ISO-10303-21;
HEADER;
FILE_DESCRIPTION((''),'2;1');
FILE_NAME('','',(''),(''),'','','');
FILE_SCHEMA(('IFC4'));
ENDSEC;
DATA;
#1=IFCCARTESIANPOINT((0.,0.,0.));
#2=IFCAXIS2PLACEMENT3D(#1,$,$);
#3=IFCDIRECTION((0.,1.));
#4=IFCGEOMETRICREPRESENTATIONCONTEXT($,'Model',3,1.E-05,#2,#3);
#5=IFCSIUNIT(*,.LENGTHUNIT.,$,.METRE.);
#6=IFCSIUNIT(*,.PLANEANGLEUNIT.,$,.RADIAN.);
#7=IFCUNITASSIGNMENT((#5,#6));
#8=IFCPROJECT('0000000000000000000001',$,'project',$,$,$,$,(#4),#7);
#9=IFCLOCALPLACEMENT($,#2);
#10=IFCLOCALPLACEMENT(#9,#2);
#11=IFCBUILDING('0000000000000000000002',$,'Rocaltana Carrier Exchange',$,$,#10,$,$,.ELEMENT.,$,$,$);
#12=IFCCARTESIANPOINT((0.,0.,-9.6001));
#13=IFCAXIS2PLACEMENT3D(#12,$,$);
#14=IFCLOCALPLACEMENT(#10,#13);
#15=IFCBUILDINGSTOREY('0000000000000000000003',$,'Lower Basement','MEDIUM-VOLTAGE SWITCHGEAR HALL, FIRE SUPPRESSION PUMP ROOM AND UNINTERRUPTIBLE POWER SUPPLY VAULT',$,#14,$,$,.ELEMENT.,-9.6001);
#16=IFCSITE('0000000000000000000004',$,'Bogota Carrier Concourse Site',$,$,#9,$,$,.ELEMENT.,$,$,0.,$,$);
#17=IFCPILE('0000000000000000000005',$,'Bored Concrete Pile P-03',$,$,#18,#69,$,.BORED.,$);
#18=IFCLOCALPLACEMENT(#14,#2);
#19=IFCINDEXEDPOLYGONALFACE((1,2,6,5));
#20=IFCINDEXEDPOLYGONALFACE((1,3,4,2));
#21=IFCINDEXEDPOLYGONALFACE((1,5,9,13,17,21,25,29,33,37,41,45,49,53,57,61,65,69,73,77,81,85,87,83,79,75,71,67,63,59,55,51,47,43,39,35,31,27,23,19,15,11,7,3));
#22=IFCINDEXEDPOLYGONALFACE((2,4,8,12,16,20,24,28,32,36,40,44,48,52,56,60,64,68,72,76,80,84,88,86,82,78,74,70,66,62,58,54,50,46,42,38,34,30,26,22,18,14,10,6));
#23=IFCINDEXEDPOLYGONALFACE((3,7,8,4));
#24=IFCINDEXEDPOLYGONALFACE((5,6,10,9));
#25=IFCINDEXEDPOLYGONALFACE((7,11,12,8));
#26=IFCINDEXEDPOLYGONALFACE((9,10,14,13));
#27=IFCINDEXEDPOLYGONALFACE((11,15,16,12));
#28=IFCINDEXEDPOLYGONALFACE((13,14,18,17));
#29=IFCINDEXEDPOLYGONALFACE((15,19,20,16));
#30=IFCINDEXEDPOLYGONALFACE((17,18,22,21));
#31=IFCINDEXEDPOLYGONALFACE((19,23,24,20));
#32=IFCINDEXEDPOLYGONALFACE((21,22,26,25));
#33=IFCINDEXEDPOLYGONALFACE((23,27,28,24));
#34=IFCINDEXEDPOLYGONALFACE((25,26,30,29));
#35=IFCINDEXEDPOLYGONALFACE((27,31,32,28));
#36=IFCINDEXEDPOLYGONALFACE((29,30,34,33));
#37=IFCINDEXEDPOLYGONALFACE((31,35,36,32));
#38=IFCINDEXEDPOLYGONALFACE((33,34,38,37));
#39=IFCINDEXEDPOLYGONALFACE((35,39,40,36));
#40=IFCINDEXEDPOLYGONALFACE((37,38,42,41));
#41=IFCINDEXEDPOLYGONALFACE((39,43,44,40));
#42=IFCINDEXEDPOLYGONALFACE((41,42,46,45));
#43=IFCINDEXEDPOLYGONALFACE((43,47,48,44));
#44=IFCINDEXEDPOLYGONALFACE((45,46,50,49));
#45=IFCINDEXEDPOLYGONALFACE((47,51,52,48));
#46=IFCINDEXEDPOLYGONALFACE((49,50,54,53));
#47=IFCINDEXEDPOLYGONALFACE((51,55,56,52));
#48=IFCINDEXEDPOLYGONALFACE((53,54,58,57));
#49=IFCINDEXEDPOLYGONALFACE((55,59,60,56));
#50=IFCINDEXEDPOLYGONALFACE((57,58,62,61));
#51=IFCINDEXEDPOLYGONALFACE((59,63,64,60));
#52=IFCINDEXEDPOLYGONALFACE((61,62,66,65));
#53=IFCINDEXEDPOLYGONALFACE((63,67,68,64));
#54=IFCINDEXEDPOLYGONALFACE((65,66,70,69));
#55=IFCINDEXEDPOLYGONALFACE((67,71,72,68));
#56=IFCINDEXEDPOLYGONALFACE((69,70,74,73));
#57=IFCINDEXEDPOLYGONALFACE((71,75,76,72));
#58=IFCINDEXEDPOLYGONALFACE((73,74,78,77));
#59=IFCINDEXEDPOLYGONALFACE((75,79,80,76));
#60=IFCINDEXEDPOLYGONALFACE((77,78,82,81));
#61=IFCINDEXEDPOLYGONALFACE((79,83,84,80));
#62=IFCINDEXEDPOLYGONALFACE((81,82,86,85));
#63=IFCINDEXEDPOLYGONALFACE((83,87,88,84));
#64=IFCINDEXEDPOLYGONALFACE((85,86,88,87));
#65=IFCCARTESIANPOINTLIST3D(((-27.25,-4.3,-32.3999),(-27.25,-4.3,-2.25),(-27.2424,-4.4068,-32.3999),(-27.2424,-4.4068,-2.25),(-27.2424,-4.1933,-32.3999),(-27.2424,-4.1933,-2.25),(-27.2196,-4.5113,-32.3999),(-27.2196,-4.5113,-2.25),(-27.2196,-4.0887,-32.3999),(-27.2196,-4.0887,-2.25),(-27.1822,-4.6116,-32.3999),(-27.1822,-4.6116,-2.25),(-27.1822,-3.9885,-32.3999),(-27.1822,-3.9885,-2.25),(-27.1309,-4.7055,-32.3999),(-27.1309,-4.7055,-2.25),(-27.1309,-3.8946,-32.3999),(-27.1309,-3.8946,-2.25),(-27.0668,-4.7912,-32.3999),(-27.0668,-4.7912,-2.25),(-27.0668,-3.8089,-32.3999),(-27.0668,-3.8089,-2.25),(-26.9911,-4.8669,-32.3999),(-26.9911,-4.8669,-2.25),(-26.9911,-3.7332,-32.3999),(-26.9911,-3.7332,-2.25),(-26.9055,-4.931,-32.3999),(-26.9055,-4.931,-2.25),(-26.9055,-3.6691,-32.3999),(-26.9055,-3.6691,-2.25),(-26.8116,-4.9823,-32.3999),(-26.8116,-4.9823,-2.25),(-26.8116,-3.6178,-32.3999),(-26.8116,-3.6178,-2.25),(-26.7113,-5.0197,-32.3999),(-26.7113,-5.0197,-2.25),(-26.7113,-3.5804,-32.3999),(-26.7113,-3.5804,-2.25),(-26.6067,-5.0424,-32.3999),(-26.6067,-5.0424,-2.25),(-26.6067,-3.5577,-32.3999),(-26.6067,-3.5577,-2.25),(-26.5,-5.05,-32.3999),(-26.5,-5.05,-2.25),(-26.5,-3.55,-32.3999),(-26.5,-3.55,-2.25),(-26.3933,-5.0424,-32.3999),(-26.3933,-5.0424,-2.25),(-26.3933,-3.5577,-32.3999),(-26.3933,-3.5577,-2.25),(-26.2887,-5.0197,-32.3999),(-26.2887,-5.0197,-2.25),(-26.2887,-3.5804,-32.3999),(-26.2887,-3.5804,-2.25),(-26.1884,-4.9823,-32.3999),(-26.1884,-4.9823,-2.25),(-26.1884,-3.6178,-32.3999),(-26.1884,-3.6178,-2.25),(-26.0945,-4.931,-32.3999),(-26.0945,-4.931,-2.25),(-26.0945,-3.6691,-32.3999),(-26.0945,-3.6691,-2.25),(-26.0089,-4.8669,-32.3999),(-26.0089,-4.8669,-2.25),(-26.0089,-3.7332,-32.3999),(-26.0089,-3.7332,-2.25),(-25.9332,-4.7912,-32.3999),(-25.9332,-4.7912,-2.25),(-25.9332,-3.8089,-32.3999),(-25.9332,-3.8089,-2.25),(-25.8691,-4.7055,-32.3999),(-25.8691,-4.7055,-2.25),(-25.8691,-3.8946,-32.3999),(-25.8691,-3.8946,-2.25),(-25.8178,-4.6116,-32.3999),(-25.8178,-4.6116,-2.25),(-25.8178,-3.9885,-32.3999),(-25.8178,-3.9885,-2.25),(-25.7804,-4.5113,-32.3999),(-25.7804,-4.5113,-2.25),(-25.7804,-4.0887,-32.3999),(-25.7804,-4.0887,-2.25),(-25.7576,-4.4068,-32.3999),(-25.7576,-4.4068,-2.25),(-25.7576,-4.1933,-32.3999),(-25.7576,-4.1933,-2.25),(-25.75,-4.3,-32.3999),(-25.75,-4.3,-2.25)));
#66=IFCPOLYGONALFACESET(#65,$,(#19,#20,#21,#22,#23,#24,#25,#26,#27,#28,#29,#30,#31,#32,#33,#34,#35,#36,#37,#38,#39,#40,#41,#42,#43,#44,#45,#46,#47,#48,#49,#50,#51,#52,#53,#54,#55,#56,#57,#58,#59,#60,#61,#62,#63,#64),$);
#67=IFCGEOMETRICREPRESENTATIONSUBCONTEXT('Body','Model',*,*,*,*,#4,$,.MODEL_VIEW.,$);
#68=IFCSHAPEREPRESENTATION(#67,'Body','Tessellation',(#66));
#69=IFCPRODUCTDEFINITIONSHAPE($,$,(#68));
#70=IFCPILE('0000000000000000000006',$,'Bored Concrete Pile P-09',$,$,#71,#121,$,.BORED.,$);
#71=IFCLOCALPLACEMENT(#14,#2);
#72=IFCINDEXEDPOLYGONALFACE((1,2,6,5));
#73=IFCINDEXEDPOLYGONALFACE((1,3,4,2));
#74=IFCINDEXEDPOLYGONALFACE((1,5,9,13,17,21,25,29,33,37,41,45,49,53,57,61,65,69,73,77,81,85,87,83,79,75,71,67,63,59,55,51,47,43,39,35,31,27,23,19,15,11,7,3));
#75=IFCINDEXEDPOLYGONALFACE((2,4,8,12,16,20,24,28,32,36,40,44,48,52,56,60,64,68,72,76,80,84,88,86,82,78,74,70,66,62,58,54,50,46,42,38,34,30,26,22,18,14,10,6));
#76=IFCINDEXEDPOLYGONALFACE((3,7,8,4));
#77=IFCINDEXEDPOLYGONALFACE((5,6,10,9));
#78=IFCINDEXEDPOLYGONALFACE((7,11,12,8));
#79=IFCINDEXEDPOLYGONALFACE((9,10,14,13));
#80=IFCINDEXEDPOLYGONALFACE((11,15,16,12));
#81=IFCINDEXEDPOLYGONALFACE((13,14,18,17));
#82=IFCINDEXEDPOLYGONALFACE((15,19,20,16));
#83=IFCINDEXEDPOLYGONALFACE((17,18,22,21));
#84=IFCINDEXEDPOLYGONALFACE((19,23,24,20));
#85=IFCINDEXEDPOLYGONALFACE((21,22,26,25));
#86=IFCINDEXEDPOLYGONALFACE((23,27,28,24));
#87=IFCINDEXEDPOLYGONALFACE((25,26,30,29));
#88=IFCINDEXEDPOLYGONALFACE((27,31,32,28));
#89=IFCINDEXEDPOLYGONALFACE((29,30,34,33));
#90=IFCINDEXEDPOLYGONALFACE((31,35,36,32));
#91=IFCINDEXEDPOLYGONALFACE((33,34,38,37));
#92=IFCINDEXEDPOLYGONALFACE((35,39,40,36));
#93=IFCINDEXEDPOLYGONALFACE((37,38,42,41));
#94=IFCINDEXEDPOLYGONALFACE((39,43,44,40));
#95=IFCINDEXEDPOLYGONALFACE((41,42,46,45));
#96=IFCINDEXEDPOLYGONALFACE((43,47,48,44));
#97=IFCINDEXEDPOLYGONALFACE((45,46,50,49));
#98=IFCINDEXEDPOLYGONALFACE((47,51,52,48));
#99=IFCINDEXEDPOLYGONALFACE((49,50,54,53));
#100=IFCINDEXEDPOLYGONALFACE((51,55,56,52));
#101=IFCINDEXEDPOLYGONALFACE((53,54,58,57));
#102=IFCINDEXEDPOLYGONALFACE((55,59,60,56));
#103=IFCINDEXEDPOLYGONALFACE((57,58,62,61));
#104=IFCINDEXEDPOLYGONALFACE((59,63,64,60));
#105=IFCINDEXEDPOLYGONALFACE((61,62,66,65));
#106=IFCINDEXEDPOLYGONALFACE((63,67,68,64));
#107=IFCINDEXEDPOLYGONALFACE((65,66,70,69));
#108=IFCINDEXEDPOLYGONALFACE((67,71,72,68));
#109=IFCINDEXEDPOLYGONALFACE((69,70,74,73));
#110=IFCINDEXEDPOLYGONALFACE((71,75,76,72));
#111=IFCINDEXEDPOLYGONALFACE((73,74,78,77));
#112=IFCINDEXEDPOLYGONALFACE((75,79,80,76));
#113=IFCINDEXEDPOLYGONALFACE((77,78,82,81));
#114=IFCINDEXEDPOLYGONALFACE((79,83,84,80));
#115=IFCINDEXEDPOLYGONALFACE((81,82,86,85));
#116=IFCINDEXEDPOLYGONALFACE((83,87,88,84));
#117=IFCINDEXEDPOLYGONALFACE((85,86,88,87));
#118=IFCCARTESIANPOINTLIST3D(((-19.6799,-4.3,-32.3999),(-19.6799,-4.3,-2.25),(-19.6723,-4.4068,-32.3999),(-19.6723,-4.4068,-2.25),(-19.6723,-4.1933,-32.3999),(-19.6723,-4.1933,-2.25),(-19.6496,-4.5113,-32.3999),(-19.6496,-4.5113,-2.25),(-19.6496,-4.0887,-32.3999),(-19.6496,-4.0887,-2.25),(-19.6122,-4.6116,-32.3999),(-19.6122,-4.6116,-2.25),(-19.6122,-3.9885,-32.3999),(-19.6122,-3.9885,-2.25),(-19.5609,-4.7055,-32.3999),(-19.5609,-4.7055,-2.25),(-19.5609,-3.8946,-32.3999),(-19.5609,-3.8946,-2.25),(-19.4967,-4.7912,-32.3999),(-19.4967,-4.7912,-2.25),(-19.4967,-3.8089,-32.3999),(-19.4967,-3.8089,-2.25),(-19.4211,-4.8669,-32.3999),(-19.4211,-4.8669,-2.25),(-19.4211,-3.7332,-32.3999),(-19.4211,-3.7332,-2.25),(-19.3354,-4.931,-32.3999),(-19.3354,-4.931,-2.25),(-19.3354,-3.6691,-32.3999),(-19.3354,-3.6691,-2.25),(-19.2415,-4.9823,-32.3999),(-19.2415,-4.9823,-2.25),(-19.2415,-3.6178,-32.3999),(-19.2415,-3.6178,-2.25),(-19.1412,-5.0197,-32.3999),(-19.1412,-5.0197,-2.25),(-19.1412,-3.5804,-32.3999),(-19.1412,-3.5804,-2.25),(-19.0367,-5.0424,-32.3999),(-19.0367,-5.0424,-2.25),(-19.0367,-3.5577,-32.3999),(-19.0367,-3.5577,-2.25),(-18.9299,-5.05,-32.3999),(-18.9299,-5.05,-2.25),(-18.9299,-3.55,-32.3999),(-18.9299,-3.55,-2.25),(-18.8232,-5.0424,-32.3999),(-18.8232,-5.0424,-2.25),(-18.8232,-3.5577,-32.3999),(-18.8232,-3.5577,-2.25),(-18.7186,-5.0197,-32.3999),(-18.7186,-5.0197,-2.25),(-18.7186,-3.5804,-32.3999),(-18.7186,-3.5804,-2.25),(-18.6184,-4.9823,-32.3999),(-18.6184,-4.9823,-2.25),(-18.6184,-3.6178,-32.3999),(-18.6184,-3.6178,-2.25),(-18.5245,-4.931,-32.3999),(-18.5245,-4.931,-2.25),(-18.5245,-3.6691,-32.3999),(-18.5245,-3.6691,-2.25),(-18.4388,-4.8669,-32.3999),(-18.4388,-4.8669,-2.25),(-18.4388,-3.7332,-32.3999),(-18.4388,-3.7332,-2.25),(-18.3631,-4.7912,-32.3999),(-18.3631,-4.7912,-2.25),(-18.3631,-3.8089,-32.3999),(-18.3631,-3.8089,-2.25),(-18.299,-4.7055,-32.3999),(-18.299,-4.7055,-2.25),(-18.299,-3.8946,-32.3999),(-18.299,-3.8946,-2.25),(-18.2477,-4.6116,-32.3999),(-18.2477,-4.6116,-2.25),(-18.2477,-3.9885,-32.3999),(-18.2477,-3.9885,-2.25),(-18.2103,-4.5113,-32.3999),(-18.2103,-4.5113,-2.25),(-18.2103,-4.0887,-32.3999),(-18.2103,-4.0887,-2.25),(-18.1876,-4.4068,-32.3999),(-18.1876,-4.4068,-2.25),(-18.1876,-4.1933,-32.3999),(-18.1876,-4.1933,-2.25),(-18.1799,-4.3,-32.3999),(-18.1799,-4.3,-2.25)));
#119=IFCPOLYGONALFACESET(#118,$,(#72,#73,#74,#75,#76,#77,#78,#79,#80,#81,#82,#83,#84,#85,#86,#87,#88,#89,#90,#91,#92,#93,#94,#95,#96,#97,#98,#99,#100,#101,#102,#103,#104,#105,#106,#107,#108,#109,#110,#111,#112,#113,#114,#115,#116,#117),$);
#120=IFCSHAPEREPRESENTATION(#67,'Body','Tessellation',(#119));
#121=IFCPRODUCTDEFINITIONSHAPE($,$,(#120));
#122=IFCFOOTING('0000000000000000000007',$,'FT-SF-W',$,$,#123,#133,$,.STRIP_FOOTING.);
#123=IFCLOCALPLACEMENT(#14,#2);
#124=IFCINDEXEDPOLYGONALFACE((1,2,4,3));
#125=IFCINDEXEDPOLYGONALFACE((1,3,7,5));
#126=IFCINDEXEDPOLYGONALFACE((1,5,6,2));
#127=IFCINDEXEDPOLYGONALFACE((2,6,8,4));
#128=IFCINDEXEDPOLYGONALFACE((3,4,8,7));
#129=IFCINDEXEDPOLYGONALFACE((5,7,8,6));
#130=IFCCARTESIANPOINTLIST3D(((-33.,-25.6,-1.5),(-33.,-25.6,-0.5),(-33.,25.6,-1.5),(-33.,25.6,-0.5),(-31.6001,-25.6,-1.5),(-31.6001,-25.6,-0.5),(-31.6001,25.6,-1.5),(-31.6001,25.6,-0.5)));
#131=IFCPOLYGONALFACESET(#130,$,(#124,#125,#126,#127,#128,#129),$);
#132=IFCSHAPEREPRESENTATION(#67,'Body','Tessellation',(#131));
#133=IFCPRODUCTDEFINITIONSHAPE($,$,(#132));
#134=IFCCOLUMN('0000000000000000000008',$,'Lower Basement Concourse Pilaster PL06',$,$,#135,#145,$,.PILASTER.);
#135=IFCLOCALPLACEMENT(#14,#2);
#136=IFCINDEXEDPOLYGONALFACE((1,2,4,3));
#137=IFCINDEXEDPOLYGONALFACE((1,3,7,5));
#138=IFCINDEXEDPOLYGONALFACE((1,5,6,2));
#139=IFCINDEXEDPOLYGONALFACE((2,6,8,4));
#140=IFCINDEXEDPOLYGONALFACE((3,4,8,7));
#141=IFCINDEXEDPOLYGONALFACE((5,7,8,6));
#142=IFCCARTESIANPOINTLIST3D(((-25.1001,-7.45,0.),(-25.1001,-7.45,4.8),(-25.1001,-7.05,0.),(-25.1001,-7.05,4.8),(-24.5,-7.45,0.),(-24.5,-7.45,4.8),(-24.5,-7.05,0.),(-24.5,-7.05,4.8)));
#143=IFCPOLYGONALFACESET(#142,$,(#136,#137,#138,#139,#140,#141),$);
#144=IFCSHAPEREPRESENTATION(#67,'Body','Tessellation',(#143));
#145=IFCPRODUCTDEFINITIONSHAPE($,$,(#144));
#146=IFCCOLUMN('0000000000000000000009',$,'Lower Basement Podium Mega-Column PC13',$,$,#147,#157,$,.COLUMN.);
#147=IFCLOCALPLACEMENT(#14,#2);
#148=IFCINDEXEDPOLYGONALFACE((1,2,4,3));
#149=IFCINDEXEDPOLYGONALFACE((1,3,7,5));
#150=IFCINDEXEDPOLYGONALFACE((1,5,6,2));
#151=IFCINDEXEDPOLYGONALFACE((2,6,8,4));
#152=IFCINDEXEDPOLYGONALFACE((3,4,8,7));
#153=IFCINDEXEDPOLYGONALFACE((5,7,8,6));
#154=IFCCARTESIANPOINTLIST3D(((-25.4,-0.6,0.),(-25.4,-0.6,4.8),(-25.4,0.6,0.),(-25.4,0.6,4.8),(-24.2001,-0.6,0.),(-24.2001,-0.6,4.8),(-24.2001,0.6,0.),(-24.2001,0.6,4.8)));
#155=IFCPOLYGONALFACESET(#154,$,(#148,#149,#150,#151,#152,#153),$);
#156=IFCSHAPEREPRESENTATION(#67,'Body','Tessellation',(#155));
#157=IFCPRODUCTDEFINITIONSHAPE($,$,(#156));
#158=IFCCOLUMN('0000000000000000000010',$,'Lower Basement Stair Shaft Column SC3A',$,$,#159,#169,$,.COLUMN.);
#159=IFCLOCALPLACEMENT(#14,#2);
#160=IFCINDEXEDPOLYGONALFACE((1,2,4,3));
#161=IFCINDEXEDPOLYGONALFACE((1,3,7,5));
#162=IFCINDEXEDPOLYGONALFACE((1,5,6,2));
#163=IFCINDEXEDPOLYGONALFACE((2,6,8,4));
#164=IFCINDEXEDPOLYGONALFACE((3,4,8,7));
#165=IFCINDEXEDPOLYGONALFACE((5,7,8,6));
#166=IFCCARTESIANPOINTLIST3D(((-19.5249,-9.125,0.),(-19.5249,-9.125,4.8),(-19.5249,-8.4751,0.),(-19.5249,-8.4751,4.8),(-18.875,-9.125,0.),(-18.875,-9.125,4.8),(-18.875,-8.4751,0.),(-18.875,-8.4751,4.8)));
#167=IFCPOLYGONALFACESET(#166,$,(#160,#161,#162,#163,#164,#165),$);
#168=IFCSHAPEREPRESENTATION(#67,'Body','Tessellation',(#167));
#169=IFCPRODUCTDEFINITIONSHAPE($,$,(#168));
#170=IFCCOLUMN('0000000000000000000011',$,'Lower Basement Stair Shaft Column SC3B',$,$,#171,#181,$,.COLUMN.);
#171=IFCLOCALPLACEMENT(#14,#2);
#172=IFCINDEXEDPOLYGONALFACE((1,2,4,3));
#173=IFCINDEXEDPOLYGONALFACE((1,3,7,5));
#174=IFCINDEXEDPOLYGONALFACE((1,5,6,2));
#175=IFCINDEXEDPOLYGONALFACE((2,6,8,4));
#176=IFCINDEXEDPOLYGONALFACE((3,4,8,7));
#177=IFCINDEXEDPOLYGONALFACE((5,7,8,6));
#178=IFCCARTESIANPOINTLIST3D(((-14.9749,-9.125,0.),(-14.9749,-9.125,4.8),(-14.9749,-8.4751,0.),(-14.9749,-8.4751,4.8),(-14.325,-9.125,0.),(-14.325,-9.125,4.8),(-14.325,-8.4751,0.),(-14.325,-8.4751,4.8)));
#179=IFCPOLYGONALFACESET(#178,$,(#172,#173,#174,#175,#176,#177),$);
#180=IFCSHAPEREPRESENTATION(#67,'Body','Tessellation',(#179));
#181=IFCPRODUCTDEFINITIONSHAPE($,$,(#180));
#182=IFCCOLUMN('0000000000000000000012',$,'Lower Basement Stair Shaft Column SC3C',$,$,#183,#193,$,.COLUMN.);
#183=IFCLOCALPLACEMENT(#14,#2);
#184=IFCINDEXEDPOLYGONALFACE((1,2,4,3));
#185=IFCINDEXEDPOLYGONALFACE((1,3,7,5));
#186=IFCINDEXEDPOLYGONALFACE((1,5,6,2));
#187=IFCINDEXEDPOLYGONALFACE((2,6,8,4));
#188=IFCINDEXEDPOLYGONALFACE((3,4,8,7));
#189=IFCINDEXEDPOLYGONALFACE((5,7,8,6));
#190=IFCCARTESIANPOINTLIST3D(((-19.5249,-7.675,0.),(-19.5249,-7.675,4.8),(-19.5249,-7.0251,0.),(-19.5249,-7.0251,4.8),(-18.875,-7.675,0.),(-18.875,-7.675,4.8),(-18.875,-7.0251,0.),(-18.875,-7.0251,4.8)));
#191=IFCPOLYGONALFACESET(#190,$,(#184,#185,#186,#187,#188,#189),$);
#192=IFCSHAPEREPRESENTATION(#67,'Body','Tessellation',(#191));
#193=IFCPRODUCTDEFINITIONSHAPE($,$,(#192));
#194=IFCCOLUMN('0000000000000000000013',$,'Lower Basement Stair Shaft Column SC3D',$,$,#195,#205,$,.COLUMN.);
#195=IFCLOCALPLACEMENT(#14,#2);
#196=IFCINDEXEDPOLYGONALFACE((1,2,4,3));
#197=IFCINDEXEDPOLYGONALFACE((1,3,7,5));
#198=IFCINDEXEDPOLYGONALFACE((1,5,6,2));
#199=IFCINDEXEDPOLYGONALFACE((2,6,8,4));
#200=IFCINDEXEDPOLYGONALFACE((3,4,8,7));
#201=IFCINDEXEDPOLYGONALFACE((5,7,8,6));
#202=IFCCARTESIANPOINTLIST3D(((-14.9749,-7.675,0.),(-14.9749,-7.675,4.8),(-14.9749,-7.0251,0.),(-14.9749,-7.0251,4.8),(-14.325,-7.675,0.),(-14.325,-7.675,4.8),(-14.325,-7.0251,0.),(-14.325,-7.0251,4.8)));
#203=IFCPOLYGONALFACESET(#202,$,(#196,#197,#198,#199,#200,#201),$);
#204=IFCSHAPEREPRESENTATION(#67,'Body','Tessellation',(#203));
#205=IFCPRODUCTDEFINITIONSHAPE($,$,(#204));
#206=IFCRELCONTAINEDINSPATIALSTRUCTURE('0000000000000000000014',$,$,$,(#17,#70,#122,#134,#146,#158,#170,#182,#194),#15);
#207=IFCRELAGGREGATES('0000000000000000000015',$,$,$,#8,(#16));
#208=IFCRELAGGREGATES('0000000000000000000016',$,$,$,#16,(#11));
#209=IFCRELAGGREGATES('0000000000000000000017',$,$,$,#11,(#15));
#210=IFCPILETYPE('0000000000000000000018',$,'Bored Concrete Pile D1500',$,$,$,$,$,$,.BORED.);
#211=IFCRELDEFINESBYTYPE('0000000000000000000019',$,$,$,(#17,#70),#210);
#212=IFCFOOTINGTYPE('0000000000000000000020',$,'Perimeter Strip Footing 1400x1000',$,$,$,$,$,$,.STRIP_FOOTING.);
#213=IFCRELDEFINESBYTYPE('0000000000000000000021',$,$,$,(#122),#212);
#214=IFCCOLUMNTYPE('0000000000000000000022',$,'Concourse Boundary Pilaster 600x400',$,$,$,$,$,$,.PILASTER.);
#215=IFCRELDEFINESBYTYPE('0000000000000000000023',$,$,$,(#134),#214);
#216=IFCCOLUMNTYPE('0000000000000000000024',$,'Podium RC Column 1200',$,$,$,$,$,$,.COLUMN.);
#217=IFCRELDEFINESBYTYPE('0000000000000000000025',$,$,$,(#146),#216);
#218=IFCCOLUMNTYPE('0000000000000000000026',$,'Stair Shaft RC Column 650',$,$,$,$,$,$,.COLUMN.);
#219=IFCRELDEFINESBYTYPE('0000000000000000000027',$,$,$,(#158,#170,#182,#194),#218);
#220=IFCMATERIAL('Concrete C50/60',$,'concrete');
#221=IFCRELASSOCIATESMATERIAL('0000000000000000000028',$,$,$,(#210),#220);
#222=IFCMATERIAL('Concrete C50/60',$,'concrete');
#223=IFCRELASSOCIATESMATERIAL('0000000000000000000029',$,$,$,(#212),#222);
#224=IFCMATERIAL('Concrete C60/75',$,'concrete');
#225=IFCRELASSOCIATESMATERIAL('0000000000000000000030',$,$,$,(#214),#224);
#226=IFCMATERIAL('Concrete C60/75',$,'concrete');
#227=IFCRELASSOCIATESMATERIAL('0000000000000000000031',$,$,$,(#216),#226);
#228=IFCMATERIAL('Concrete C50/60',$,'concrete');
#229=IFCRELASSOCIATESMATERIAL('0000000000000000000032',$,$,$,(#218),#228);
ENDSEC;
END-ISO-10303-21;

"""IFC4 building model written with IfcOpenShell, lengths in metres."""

from ifc_helpers import new_model, si_unit, direction, frame, origin, origin_2d, place, context, subcontext, project, spatial, rectangle, circle, extrude, material, material_profile, profile_set, type_object, element, save


model = new_model("IFC4")

# Units and contexts
model_context = context("Model", 3, precision=1e-05, world=origin(), true_north=direction((0.0, 1.0)))
body_context = subcontext(model_context, "Body", "Model", "MODEL_VIEW")
ifc_project = project(units=[si_unit("LENGTHUNIT", "METRE"), si_unit("PLANEANGLEUNIT", "RADIAN")], contexts=[model_context])

# Site, building, storey
site_placement = place(None, origin())
site = spatial("IfcSite", under=ifc_project, at=site_placement, Name="Bogota Carrier Concourse Site", CompositionType="ELEMENT", RefElevation=0.0)
building_placement = place(site_placement, origin())
building = spatial("IfcBuilding", under=site, at=building_placement, Name="Rocaltana Carrier Exchange", CompositionType="ELEMENT")
storey_placement = place(building_placement, frame((0.0, 0.0, -9.6001)))
storey = spatial("IfcBuildingStorey", under=building, at=storey_placement, Name="Lower Basement", Description="MEDIUM-VOLTAGE SWITCHGEAR HALL, FIRE SUPPRESSION PUMP ROOM AND UNINTERRUPTIBLE POWER SUPPLY VAULT", CompositionType="ELEMENT", Elevation=-9.6001)

# Piles
ifc_material_1 = material(Name="Concrete C50/60", Category="concrete")
ifc_material_profile_1 = material_profile(ifc_material_1, circle(Radius=0.75, at=origin_2d()), Name="PILE-D1500")
ifc_profile_set_1 = profile_set([ifc_material_profile_1], Name="Concrete C50/60")
pile_type = type_object("IfcPileType", Name="Bored Concrete Pile D1500", PredefinedType="BORED", material=ifc_profile_set_1)
for number, where, z_axis, x_axis, name in (
    (1, (-26.5, -4.3, -2.25), (0.0, 0.0, -1.0), (1.0, 0.0, 0.0), "Bored Concrete Pile P-03"),
    (2, (-18.9299, -4.3, -2.25), (0.0, 0.0, -1.0), (1.0, 0.0, 0.0), "Bored Concrete Pile P-09"),
):
    element("IfcPile", number, at=place(storey_placement, frame(where, z_axis=z_axis, x_axis=x_axis)), inside=storey, type_object=pile_type, Name=name, PredefinedType="BORED", context=body_context, shape_type="SweptSolid", body=[
        extrude(circle(Radius=0.75, at=origin_2d()), origin(), (0.0, 0.0, 1.0), 30.1499),
    ])

# Footing
ifc_material_2 = material(Name="Concrete C50/60", Category="concrete")
footing_type = type_object("IfcFootingType", Name="Perimeter Strip Footing 1400x1000", PredefinedType="STRIP_FOOTING", material=ifc_material_2)
footing_placement = place(storey_placement, frame((-32.3, 0.0, -1.5), z_axis=(0.0, 0.0, 1.0), x_axis=(1.0, 0.0, 0.0)))
element("IfcFooting", 3, at=footing_placement, inside=storey, type_object=footing_type, Name="FT-SF-W", PredefinedType="STRIP_FOOTING", context=body_context, shape_type="SweptSolid", body=[
    extrude(rectangle(XDim=1.3999, YDim=51.2, at=origin_2d()), origin(), (0.0, 0.0, 1.0), 1.0),
])

# Columns
ifc_material_3 = material(Name="Concrete C60/75", Category="concrete")
ifc_material_profile_2 = material_profile(ifc_material_3, rectangle(XDim=0.6001, YDim=0.3999, at=origin_2d()), Name="RC-PIL-600X400")
ifc_profile_set_2 = profile_set([ifc_material_profile_2], Name="Concrete C60/75")
column_type_1 = type_object("IfcColumnType", Name="Concourse Boundary Pilaster 600x400", PredefinedType="PILASTER", material=ifc_profile_set_2)
column_1_placement = place(storey_placement, frame((-24.8, -7.25, 0.0), z_axis=(0.0, 0.0, 1.0), x_axis=(1.0, 0.0, 0.0)))
element("IfcColumn", 4, at=column_1_placement, inside=storey, type_object=column_type_1, Name="Lower Basement Concourse Pilaster PL06", PredefinedType="PILASTER", context=body_context, shape_type="SweptSolid", body=[
    extrude(rectangle(XDim=0.6001, YDim=0.3999, at=origin_2d()), origin(), (0.0, 0.0, 1.0), 4.8),
])
ifc_material_4 = material(Name="Concrete C60/75", Category="concrete")
ifc_material_profile_3 = material_profile(ifc_material_4, rectangle(XDim=1.2, YDim=1.2, at=origin_2d()), Name="RC-COL-1200X1200")
ifc_profile_set_3 = profile_set([ifc_material_profile_3], Name="Concrete C60/75")
column_type_2 = type_object("IfcColumnType", Name="Podium RC Column 1200", PredefinedType="COLUMN", material=ifc_profile_set_3)
column_2_placement = place(storey_placement, frame((-24.8, 0.0, 0.0), z_axis=(0.0, 0.0, 1.0), x_axis=(1.0, 0.0, 0.0)))
element("IfcColumn", 5, at=column_2_placement, inside=storey, type_object=column_type_2, Name="Lower Basement Podium Mega-Column PC13", PredefinedType="COLUMN", context=body_context, shape_type="SweptSolid", body=[
    extrude(rectangle(XDim=1.2, YDim=1.2, at=origin_2d()), origin(), (0.0, 0.0, 1.0), 4.8),
])
ifc_material_5 = material(Name="Concrete C50/60", Category="concrete")
ifc_material_profile_4 = material_profile(ifc_material_5, rectangle(XDim=0.6499, YDim=0.6499, at=origin_2d()), Name="RC-COL-650X650")
ifc_profile_set_4 = profile_set([ifc_material_profile_4], Name="Concrete C50/60")
column_type_3 = type_object("IfcColumnType", Name="Stair Shaft RC Column 650", PredefinedType="COLUMN", material=ifc_profile_set_4)
for number, where, z_axis, x_axis, name in (
    (6, (-19.2, -8.8, 0.0), (0.0, 0.0, 1.0), (1.0, 0.0, 0.0), "Lower Basement Stair Shaft Column SC3A"),
    (7, (-14.6499, -8.8, 0.0), (0.0, 0.0, 1.0), (1.0, 0.0, 0.0), "Lower Basement Stair Shaft Column SC3B"),
    (8, (-19.2, -7.3501, 0.0), (0.0, 0.0, 1.0), (1.0, 0.0, 0.0), "Lower Basement Stair Shaft Column SC3C"),
    (9, (-14.6499, -7.3501, 0.0), (0.0, 0.0, 1.0), (1.0, 0.0, 0.0), "Lower Basement Stair Shaft Column SC3D"),
):
    element("IfcColumn", number, at=place(storey_placement, frame(where, z_axis=z_axis, x_axis=x_axis)), inside=storey, type_object=column_type_3, Name=name, PredefinedType="COLUMN", context=body_context, shape_type="SweptSolid", body=[
        extrude(rectangle(XDim=0.6499, YDim=0.6499, at=origin_2d()), origin(), (0.0, 0.0, 1.0), 4.8),
    ])

save(model, "model.ifc")
